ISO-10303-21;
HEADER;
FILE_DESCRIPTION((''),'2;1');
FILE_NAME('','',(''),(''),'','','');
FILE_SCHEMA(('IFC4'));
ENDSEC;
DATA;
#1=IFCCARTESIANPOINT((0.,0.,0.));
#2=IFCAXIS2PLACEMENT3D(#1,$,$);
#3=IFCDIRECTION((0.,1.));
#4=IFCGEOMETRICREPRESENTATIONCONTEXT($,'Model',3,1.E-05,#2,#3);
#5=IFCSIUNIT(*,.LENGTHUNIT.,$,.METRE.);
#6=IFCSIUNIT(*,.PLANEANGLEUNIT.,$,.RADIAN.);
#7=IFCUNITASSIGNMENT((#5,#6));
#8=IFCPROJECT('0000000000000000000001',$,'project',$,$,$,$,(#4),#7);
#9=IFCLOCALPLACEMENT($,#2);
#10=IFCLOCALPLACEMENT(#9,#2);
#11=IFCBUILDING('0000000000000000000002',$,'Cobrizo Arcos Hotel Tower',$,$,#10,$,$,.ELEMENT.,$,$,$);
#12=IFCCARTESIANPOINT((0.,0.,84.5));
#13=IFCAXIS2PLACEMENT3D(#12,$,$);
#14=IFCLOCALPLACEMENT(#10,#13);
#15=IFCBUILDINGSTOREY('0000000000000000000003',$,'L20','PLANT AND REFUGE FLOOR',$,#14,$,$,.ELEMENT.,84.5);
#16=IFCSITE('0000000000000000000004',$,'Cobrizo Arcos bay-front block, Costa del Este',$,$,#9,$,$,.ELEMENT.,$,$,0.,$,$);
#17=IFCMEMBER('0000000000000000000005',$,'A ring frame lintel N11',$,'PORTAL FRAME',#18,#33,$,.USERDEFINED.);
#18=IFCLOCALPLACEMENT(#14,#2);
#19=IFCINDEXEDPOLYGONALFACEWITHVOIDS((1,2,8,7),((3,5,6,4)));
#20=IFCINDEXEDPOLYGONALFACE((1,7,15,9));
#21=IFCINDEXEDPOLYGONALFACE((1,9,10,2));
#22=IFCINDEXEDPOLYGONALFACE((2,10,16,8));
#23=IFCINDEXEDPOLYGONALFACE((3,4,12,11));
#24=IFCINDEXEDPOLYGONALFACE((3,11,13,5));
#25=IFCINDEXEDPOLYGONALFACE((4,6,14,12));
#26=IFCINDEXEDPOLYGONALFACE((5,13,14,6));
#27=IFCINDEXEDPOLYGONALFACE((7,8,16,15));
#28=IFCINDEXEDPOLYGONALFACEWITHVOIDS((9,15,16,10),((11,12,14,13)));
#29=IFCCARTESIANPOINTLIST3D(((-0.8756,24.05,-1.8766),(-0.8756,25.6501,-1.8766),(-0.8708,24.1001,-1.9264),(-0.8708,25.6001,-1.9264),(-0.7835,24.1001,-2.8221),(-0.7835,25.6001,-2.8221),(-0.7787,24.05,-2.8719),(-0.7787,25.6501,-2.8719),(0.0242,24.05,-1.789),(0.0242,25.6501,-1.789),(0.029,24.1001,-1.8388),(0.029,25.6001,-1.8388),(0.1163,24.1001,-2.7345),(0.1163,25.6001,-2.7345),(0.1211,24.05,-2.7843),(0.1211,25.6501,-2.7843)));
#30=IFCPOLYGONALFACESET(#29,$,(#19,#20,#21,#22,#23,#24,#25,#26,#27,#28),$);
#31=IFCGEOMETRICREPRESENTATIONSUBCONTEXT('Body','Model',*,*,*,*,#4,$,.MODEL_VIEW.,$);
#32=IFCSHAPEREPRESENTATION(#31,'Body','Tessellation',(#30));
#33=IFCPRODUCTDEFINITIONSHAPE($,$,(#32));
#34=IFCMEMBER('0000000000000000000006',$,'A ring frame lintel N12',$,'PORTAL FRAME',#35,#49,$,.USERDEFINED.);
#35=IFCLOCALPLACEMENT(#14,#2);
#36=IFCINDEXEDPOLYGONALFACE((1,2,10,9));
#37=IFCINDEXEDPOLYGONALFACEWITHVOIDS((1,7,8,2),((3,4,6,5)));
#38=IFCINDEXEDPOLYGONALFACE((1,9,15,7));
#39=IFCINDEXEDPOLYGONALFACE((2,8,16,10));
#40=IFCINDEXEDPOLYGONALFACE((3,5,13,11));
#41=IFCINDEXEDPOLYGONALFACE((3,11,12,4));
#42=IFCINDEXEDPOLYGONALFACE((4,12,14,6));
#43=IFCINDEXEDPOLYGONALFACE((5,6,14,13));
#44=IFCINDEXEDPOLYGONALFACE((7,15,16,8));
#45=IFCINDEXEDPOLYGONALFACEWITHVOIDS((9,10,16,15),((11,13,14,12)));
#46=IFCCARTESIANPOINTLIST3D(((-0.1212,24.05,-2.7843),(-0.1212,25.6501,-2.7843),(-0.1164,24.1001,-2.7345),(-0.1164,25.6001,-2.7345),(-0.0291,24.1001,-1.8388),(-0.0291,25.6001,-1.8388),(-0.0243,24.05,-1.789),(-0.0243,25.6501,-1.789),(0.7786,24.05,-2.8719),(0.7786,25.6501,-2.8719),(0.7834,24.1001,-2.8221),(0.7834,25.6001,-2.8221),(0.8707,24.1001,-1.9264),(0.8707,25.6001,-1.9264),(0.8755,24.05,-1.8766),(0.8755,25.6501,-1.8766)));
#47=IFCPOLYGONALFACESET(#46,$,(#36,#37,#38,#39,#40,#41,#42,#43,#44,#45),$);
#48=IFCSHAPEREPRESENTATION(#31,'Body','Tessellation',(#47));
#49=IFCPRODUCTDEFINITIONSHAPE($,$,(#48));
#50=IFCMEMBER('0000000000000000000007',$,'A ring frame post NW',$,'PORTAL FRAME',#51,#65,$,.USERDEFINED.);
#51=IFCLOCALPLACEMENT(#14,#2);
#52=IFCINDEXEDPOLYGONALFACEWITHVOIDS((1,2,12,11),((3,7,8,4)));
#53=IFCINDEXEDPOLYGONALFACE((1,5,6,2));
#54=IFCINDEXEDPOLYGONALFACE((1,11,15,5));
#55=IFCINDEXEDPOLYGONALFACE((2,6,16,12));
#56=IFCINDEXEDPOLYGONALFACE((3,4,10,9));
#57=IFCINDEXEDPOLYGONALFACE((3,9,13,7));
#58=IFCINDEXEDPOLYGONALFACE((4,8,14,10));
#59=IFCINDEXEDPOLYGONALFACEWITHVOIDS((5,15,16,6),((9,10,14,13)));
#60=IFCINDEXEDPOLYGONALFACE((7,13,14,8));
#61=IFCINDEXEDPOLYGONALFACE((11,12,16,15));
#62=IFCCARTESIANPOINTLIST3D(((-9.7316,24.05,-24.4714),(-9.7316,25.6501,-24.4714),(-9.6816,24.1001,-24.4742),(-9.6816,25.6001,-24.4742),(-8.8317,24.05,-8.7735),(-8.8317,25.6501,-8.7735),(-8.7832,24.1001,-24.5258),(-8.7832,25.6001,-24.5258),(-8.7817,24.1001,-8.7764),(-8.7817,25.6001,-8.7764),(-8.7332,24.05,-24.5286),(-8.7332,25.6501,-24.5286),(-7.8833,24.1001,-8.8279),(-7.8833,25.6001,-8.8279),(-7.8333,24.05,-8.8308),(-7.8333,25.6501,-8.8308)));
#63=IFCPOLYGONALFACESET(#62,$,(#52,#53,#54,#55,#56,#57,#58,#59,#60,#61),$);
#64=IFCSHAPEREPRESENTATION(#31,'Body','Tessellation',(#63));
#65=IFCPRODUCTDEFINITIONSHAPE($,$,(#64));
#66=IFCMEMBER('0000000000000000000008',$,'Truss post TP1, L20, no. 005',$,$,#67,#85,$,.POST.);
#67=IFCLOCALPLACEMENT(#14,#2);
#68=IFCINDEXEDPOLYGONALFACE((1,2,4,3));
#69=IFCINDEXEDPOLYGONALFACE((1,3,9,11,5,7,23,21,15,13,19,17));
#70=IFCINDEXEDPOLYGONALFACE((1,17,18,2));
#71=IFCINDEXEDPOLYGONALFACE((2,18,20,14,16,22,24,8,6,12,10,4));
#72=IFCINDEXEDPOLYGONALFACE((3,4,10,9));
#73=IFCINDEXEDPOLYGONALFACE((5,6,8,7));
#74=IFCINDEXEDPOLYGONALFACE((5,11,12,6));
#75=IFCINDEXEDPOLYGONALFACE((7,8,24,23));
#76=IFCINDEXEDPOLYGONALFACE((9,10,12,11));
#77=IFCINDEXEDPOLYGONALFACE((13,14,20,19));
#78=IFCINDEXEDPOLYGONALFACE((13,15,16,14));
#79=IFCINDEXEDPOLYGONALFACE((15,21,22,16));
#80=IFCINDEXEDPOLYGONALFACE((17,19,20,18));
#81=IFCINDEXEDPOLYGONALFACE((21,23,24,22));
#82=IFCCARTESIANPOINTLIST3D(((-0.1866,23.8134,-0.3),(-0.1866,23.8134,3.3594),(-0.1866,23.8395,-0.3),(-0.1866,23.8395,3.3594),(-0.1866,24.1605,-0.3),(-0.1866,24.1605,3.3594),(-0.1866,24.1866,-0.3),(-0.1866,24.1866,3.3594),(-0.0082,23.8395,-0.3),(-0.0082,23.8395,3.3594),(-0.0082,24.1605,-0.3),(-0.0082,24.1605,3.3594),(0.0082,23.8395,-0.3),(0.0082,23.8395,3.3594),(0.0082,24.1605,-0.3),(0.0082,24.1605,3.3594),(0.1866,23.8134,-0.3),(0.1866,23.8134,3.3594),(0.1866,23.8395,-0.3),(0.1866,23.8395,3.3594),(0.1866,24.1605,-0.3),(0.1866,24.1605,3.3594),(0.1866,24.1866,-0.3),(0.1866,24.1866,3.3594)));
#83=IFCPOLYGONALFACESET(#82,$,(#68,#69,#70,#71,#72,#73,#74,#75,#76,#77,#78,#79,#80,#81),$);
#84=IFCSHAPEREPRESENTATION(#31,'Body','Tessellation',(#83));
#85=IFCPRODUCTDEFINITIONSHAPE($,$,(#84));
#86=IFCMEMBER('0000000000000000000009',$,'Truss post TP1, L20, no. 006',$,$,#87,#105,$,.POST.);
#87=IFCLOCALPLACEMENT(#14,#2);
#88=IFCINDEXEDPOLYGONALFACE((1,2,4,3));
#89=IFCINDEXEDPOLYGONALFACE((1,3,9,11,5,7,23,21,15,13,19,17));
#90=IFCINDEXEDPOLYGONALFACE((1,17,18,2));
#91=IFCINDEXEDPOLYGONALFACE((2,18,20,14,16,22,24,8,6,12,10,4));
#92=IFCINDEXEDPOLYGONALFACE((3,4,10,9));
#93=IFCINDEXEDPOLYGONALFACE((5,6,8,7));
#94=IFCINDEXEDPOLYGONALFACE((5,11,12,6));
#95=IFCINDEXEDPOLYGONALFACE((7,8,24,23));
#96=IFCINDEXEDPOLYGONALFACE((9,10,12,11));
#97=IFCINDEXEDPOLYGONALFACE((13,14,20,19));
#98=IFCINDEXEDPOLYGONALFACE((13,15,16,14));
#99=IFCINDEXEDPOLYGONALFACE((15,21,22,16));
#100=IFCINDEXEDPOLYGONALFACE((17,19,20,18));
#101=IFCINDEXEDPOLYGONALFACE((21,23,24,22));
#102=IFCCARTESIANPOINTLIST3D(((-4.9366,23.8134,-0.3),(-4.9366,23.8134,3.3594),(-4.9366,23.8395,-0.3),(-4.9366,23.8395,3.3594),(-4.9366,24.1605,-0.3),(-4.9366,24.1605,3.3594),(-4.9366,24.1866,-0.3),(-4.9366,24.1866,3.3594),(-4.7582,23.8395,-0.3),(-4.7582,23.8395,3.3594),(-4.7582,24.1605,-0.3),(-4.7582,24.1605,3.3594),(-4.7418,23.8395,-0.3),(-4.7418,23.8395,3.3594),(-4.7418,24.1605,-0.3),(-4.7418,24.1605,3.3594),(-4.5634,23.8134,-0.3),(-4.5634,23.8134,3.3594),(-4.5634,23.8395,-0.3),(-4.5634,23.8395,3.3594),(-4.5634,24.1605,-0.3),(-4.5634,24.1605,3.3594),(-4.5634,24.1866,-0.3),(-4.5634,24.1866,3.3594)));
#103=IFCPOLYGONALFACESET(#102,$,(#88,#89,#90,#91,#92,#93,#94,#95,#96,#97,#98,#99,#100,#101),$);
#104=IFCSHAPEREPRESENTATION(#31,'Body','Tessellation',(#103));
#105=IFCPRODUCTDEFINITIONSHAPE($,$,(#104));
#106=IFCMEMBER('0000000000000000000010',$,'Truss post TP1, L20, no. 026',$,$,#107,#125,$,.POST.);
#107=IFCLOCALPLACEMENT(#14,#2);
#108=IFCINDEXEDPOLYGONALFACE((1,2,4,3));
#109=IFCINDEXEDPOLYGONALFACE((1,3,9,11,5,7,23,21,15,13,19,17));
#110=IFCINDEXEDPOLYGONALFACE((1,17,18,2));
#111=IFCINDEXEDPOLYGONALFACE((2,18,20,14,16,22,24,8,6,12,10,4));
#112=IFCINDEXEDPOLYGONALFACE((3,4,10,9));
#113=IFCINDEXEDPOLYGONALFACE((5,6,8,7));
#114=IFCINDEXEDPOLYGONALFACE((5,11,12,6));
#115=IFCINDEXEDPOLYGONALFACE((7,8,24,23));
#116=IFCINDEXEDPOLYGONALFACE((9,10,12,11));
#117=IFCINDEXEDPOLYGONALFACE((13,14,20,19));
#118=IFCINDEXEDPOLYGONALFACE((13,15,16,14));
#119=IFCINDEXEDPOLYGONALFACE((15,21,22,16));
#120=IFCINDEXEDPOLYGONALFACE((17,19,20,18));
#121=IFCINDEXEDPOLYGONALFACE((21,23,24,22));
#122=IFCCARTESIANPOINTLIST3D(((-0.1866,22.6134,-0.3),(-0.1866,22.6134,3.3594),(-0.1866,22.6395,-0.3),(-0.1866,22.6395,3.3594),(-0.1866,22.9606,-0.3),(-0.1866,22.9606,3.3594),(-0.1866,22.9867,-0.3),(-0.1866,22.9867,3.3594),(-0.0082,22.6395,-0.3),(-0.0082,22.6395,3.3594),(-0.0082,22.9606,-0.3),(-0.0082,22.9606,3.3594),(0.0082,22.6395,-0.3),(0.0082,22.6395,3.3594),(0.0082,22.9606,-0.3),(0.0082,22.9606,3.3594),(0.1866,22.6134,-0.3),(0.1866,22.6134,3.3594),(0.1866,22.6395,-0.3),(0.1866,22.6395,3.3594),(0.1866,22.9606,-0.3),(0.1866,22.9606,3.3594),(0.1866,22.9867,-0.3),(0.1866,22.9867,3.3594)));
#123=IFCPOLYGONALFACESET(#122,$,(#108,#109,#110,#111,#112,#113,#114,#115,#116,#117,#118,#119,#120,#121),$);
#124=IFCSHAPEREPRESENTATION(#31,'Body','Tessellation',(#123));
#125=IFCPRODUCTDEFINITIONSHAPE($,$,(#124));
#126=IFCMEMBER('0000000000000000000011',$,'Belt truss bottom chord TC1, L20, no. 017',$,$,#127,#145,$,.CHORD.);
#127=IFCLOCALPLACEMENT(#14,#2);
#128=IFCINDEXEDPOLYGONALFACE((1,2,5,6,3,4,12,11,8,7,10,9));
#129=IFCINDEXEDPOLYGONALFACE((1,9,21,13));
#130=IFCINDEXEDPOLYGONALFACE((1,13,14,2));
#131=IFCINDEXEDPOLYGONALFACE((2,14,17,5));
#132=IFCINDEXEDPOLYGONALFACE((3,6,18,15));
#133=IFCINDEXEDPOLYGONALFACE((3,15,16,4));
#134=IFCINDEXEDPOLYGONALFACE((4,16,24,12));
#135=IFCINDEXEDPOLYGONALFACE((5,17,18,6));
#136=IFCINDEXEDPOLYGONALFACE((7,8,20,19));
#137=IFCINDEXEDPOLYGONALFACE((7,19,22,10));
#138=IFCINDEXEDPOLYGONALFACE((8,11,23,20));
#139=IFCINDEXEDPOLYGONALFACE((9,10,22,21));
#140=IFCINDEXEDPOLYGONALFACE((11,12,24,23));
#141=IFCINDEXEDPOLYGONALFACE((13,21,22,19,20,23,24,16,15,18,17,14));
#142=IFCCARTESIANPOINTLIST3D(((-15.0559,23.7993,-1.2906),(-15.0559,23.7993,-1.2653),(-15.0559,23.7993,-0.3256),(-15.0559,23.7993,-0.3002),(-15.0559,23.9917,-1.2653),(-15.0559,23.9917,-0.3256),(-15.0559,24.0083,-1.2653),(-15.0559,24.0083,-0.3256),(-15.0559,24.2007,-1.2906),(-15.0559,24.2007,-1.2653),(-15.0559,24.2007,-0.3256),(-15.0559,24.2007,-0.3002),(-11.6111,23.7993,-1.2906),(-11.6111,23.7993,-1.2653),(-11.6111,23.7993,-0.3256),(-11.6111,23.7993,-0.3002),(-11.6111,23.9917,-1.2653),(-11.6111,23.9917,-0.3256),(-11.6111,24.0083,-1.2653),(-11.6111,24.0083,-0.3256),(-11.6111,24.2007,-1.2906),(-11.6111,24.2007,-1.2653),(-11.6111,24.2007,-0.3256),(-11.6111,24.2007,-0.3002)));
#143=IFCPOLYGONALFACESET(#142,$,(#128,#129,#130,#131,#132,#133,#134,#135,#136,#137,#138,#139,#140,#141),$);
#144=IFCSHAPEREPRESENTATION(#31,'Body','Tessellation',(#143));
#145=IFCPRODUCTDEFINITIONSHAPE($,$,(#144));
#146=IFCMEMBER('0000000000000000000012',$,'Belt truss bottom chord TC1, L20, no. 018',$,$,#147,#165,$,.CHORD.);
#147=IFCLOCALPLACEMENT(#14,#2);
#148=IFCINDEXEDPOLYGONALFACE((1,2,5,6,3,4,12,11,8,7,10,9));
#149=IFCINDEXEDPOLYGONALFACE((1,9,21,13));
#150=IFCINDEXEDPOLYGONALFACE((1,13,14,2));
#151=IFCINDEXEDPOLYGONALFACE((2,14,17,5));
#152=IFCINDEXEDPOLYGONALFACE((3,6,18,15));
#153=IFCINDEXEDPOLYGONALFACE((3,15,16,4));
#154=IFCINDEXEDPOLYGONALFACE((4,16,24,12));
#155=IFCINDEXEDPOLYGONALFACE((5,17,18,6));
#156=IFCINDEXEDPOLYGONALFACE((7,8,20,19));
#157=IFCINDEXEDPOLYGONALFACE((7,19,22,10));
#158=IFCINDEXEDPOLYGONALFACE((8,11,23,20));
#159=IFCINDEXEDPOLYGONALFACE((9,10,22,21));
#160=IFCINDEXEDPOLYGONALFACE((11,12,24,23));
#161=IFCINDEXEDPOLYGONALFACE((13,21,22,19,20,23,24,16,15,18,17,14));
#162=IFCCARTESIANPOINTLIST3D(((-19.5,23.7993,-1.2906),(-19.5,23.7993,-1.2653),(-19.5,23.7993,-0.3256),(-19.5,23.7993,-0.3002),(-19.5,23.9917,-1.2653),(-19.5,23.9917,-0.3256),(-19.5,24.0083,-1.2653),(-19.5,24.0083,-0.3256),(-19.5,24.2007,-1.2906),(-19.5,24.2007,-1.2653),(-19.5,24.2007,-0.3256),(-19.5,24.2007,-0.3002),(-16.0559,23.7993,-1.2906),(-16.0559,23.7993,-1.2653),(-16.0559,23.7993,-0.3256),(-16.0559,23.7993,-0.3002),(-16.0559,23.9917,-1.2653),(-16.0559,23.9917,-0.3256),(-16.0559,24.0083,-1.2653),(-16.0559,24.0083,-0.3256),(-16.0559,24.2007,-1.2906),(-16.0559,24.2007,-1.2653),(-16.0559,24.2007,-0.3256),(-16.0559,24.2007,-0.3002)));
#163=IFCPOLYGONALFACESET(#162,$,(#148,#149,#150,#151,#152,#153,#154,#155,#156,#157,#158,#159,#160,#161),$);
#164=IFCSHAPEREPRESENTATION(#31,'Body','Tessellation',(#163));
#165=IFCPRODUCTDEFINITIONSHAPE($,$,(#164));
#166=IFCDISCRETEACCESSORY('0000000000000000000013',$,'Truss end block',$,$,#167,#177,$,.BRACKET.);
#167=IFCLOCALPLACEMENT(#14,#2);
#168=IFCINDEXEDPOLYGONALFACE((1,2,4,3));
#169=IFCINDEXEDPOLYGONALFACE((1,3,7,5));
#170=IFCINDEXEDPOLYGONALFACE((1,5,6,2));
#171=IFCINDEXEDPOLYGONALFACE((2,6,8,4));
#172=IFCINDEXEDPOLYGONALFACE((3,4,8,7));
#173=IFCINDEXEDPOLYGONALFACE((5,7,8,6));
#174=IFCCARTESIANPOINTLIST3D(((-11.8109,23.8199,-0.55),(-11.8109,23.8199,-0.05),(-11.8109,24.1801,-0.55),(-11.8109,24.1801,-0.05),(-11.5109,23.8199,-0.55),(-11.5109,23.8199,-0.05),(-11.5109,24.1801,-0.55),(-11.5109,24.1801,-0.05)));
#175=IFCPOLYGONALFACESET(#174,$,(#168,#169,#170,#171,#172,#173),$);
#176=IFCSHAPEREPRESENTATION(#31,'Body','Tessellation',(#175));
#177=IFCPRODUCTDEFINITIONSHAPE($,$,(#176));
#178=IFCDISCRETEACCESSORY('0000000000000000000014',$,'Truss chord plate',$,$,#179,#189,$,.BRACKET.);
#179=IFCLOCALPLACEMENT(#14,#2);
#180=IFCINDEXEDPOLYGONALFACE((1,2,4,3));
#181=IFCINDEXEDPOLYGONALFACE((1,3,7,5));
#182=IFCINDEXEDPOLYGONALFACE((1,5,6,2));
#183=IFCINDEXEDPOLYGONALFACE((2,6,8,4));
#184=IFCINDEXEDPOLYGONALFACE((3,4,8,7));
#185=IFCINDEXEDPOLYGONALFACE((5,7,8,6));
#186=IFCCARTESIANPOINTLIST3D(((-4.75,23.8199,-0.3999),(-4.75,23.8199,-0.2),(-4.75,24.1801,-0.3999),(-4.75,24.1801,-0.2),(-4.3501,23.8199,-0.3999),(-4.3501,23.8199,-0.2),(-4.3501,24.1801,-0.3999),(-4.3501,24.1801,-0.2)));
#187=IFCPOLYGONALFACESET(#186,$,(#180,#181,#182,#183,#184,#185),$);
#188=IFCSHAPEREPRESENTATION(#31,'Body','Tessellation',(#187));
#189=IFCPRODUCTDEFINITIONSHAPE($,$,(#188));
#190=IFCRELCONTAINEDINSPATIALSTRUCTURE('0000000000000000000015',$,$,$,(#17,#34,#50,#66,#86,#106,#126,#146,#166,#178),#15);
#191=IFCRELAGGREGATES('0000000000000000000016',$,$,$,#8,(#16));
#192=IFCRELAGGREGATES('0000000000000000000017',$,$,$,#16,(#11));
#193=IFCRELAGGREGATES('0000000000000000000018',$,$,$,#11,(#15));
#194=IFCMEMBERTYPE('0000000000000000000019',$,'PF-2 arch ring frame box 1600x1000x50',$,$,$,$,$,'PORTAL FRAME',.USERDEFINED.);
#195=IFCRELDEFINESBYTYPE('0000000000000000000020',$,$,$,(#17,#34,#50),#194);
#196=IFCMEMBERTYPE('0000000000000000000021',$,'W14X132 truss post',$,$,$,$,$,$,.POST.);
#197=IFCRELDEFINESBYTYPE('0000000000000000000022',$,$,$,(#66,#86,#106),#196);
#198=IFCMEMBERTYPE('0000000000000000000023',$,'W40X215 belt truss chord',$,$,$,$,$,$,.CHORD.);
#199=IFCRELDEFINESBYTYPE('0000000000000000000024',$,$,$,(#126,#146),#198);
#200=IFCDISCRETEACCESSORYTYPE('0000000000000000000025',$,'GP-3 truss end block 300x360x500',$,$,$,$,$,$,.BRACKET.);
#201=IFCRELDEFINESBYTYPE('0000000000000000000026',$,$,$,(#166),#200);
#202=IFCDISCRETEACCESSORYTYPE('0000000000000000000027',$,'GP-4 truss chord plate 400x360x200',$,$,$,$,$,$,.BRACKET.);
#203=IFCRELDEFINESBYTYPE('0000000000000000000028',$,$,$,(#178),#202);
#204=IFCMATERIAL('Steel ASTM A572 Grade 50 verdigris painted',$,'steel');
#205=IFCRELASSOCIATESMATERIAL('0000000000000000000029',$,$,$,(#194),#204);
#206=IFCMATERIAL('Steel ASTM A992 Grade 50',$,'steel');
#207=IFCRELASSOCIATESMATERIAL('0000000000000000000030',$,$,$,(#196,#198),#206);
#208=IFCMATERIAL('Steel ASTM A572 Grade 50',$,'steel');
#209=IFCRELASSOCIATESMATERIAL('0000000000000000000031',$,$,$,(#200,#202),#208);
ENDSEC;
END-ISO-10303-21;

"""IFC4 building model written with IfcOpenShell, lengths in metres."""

from ifc_helpers import new_model, si_unit, direction, frame, origin, origin_2d, place, context, subcontext, project, spatial, rectangle, hollow_rectangle, i_section, extrude, material, material_profile, profile_set, type_object, element, save


model = new_model("IFC4")

# Units and contexts
model_context = context("Model", 3, precision=1e-05, world=origin(), true_north=direction((0.0, 1.0)))
body_context = subcontext(model_context, "Body", "Model", "MODEL_VIEW")
ifc_project = project(units=[si_unit("LENGTHUNIT", "METRE"), si_unit("PLANEANGLEUNIT", "RADIAN")], contexts=[model_context])

# Site, building, storey
site_placement = place(None, origin())
site = spatial("IfcSite", under=ifc_project, at=site_placement, Name="Cobrizo Arcos bay-front block, Costa del Este", CompositionType="ELEMENT", RefElevation=0.0)
building_placement = place(site_placement, origin())
building = spatial("IfcBuilding", under=site, at=building_placement, Name="Cobrizo Arcos Hotel Tower", CompositionType="ELEMENT")
storey_placement = place(building_placement, frame((0.0, 0.0, 84.5)))
storey = spatial("IfcBuildingStorey", under=building, at=storey_placement, Name="L20", Description="PLANT AND REFUGE FLOOR", CompositionType="ELEMENT", Elevation=84.5)

# Shared definitions
ifc_material_1 = material(Name="Steel ASTM A572 Grade 50", Category="steel")

# Members
ifc_material_2 = material(Name="Steel ASTM A572 Grade 50 verdigris painted", Category="steel")
ifc_material_profile_1 = material_profile(ifc_material_2, hollow_rectangle(XDim=1.6001, YDim=1.0, WallThickness=0.05, at=origin_2d()), Name="PF-2 arch ring frame box 1600x1000x50")
ifc_profile_set_1 = profile_set([ifc_material_profile_1], Name="Steel ASTM A572 Grade 50 verdigris painted")
member_type_1 = type_object("IfcMemberType", Name="PF-2 arch ring frame box 1600x1000x50", ElementType="PORTAL FRAME", PredefinedType="USERDEFINED", material=ifc_profile_set_1)
for number, where, z_axis, x_axis, name in (
    (1, (-0.8271, 24.8501, -2.3743), (0.995291, 0.0, 0.096937), (0.0, 1.0, 0.0), "A ring frame lintel N11"),
    (2, (-0.0728, 24.8501, -2.2866), (0.995291, 0.0, -0.096937), (0.0, 1.0, 0.0), "A ring frame lintel N12"),
):
    element("IfcMember", number, at=place(storey_placement, frame(where, z_axis=z_axis, x_axis=x_axis)), inside=storey, type_object=member_type_1, Name=name, ObjectType="PORTAL FRAME", PredefinedType="USERDEFINED", context=body_context, shape_type="SweptSolid", body=[
        extrude(hollow_rectangle(XDim=1.6001, YDim=1.0, WallThickness=0.05, at=origin_2d()), origin(), (0.0, 0.0, 1.0), 0.9041),
    ])
member_1_placement = place(storey_placement, frame((-9.2324, 24.8501, -24.5), z_axis=(0.057233, 0.0, 0.998361), x_axis=(0.0, 1.0, 0.0)))
element("IfcMember", 3, at=member_1_placement, inside=storey, type_object=member_type_1, Name="A ring frame post NW", ObjectType="PORTAL FRAME", PredefinedType="USERDEFINED", context=body_context, shape_type="SweptSolid", body=[
    extrude(hollow_rectangle(XDim=1.6001, YDim=1.0, WallThickness=0.05, at=origin_2d()), origin(), (0.0, 0.0, 1.0), 15.7236),
])
ifc_material_3 = material(Name="Steel ASTM A992 Grade 50", Category="steel")
ifc_material_profile_2 = material_profile(ifc_material_3, i_section(OverallWidth=0.3733, OverallDepth=0.3733, WebThickness=0.0164, FlangeThickness=0.0261, at=origin_2d()), Name="W14X132")
ifc_profile_set_2 = profile_set([ifc_material_profile_2], Name="Steel ASTM A992 Grade 50")
member_type_2 = type_object("IfcMemberType", Name="W14X132 truss post", PredefinedType="POST", material=ifc_profile_set_2)
for number, where, z_axis, x_axis, name in (
    (4, (0.0, 24.0, -0.3), (0.0, 0.0, 1.0), (1.0, 0.0, 0.0), "Truss post TP1, L20, no. 005"),
    (5, (-4.75, 24.0, -0.3), (0.0, 0.0, 1.0), (1.0, 0.0, 0.0), "Truss post TP1, L20, no. 006"),
    (6, (0.0, 22.8, -0.3), (0.0, 0.0, 1.0), (1.0, 0.0, 0.0), "Truss post TP1, L20, no. 026"),
):
    element("IfcMember", number, at=place(storey_placement, frame(where, z_axis=z_axis, x_axis=x_axis)), inside=storey, type_object=member_type_2, Name=name, PredefinedType="POST", context=body_context, shape_type="SweptSolid", body=[
        extrude(i_section(OverallWidth=0.3733, OverallDepth=0.3733, WebThickness=0.0164, FlangeThickness=0.0261, at=origin_2d()), origin(), (0.0, 0.0, 1.0), 3.6594),
    ])
ifc_material_profile_3 = material_profile(ifc_material_3, i_section(OverallWidth=0.4014, OverallDepth=0.9905, WebThickness=0.0166, FlangeThickness=0.0254, at=origin_2d()), Name="W40X215")
ifc_profile_set_3 = profile_set([ifc_material_profile_3], Name="Steel ASTM A992 Grade 50")
member_type_3 = type_object("IfcMemberType", Name="W40X215 belt truss chord", PredefinedType="CHORD", material=ifc_profile_set_3)
member_2_placement = place(storey_placement, frame((-11.6111, 24.0, -0.7954), z_axis=(-1.0, 0.0, 0.0), x_axis=(0.0, -1.0, 0.0)))
element("IfcMember", 7, at=member_2_placement, inside=storey, type_object=member_type_3, Name="Belt truss bottom chord TC1, L20, no. 017", PredefinedType="CHORD", context=body_context, shape_type="SweptSolid", body=[
    extrude(i_section(OverallWidth=0.4014, OverallDepth=0.9905, WebThickness=0.0166, FlangeThickness=0.0254, at=origin_2d()), origin(), (0.0, 0.0, 1.0), 3.4448),
])
member_3_placement = place(storey_placement, frame((-16.0559, 24.0, -0.7954), z_axis=(-1.0, 0.0, 0.0), x_axis=(0.0, -1.0, 0.0)))
element("IfcMember", 8, at=member_3_placement, inside=storey, type_object=member_type_3, Name="Belt truss bottom chord TC1, L20, no. 018", PredefinedType="CHORD", context=body_context, shape_type="SweptSolid", body=[
    extrude(i_section(OverallWidth=0.4014, OverallDepth=0.9905, WebThickness=0.0166, FlangeThickness=0.0254, at=origin_2d()), origin(), (0.0, 0.0, 1.0), 3.4441),
])

# Discrete accessories
discrete_accessory_type_1 = type_object("IfcDiscreteAccessoryType", Name="GP-3 truss end block 300x360x500", PredefinedType="BRACKET", material=ifc_material_1)
discrete_accessory_placement = place(storey_placement, frame((-11.6609, 24.0, -0.55), z_axis=(0.0, 0.0, 1.0), x_axis=(-1.0, 0.0, 0.0)))
element("IfcDiscreteAccessory", 9, at=discrete_accessory_placement, inside=storey, type_object=discrete_accessory_type_1, Name="Truss end block", PredefinedType="BRACKET", context=body_context, shape_type="SweptSolid", body=[
    extrude(rectangle(XDim=0.3, YDim=0.3601, at=origin_2d()), origin(), (0.0, 0.0, 1.0), 0.5),
])
discrete_accessory_type_2 = type_object("IfcDiscreteAccessoryType", Name="GP-4 truss chord plate 400x360x200", PredefinedType="BRACKET", material=ifc_material_1)
for number, where, z_axis, x_axis, name in (
    (10, (-4.55, 24.0, -0.3999), (0.0, 0.0, 1.0), (-1.0, 0.0, 0.0), "Truss chord plate"),
):
    element("IfcDiscreteAccessory", number, at=place(storey_placement, frame(where, z_axis=z_axis, x_axis=x_axis)), inside=storey, type_object=discrete_accessory_type_2, Name=name, PredefinedType="BRACKET", context=body_context, shape_type="SweptSolid", body=[
        extrude(rectangle(XDim=0.3999, YDim=0.3601, at=origin_2d()), origin(), (0.0, 0.0, 1.0), 0.2),
    ])

save(model, "model.ifc")
